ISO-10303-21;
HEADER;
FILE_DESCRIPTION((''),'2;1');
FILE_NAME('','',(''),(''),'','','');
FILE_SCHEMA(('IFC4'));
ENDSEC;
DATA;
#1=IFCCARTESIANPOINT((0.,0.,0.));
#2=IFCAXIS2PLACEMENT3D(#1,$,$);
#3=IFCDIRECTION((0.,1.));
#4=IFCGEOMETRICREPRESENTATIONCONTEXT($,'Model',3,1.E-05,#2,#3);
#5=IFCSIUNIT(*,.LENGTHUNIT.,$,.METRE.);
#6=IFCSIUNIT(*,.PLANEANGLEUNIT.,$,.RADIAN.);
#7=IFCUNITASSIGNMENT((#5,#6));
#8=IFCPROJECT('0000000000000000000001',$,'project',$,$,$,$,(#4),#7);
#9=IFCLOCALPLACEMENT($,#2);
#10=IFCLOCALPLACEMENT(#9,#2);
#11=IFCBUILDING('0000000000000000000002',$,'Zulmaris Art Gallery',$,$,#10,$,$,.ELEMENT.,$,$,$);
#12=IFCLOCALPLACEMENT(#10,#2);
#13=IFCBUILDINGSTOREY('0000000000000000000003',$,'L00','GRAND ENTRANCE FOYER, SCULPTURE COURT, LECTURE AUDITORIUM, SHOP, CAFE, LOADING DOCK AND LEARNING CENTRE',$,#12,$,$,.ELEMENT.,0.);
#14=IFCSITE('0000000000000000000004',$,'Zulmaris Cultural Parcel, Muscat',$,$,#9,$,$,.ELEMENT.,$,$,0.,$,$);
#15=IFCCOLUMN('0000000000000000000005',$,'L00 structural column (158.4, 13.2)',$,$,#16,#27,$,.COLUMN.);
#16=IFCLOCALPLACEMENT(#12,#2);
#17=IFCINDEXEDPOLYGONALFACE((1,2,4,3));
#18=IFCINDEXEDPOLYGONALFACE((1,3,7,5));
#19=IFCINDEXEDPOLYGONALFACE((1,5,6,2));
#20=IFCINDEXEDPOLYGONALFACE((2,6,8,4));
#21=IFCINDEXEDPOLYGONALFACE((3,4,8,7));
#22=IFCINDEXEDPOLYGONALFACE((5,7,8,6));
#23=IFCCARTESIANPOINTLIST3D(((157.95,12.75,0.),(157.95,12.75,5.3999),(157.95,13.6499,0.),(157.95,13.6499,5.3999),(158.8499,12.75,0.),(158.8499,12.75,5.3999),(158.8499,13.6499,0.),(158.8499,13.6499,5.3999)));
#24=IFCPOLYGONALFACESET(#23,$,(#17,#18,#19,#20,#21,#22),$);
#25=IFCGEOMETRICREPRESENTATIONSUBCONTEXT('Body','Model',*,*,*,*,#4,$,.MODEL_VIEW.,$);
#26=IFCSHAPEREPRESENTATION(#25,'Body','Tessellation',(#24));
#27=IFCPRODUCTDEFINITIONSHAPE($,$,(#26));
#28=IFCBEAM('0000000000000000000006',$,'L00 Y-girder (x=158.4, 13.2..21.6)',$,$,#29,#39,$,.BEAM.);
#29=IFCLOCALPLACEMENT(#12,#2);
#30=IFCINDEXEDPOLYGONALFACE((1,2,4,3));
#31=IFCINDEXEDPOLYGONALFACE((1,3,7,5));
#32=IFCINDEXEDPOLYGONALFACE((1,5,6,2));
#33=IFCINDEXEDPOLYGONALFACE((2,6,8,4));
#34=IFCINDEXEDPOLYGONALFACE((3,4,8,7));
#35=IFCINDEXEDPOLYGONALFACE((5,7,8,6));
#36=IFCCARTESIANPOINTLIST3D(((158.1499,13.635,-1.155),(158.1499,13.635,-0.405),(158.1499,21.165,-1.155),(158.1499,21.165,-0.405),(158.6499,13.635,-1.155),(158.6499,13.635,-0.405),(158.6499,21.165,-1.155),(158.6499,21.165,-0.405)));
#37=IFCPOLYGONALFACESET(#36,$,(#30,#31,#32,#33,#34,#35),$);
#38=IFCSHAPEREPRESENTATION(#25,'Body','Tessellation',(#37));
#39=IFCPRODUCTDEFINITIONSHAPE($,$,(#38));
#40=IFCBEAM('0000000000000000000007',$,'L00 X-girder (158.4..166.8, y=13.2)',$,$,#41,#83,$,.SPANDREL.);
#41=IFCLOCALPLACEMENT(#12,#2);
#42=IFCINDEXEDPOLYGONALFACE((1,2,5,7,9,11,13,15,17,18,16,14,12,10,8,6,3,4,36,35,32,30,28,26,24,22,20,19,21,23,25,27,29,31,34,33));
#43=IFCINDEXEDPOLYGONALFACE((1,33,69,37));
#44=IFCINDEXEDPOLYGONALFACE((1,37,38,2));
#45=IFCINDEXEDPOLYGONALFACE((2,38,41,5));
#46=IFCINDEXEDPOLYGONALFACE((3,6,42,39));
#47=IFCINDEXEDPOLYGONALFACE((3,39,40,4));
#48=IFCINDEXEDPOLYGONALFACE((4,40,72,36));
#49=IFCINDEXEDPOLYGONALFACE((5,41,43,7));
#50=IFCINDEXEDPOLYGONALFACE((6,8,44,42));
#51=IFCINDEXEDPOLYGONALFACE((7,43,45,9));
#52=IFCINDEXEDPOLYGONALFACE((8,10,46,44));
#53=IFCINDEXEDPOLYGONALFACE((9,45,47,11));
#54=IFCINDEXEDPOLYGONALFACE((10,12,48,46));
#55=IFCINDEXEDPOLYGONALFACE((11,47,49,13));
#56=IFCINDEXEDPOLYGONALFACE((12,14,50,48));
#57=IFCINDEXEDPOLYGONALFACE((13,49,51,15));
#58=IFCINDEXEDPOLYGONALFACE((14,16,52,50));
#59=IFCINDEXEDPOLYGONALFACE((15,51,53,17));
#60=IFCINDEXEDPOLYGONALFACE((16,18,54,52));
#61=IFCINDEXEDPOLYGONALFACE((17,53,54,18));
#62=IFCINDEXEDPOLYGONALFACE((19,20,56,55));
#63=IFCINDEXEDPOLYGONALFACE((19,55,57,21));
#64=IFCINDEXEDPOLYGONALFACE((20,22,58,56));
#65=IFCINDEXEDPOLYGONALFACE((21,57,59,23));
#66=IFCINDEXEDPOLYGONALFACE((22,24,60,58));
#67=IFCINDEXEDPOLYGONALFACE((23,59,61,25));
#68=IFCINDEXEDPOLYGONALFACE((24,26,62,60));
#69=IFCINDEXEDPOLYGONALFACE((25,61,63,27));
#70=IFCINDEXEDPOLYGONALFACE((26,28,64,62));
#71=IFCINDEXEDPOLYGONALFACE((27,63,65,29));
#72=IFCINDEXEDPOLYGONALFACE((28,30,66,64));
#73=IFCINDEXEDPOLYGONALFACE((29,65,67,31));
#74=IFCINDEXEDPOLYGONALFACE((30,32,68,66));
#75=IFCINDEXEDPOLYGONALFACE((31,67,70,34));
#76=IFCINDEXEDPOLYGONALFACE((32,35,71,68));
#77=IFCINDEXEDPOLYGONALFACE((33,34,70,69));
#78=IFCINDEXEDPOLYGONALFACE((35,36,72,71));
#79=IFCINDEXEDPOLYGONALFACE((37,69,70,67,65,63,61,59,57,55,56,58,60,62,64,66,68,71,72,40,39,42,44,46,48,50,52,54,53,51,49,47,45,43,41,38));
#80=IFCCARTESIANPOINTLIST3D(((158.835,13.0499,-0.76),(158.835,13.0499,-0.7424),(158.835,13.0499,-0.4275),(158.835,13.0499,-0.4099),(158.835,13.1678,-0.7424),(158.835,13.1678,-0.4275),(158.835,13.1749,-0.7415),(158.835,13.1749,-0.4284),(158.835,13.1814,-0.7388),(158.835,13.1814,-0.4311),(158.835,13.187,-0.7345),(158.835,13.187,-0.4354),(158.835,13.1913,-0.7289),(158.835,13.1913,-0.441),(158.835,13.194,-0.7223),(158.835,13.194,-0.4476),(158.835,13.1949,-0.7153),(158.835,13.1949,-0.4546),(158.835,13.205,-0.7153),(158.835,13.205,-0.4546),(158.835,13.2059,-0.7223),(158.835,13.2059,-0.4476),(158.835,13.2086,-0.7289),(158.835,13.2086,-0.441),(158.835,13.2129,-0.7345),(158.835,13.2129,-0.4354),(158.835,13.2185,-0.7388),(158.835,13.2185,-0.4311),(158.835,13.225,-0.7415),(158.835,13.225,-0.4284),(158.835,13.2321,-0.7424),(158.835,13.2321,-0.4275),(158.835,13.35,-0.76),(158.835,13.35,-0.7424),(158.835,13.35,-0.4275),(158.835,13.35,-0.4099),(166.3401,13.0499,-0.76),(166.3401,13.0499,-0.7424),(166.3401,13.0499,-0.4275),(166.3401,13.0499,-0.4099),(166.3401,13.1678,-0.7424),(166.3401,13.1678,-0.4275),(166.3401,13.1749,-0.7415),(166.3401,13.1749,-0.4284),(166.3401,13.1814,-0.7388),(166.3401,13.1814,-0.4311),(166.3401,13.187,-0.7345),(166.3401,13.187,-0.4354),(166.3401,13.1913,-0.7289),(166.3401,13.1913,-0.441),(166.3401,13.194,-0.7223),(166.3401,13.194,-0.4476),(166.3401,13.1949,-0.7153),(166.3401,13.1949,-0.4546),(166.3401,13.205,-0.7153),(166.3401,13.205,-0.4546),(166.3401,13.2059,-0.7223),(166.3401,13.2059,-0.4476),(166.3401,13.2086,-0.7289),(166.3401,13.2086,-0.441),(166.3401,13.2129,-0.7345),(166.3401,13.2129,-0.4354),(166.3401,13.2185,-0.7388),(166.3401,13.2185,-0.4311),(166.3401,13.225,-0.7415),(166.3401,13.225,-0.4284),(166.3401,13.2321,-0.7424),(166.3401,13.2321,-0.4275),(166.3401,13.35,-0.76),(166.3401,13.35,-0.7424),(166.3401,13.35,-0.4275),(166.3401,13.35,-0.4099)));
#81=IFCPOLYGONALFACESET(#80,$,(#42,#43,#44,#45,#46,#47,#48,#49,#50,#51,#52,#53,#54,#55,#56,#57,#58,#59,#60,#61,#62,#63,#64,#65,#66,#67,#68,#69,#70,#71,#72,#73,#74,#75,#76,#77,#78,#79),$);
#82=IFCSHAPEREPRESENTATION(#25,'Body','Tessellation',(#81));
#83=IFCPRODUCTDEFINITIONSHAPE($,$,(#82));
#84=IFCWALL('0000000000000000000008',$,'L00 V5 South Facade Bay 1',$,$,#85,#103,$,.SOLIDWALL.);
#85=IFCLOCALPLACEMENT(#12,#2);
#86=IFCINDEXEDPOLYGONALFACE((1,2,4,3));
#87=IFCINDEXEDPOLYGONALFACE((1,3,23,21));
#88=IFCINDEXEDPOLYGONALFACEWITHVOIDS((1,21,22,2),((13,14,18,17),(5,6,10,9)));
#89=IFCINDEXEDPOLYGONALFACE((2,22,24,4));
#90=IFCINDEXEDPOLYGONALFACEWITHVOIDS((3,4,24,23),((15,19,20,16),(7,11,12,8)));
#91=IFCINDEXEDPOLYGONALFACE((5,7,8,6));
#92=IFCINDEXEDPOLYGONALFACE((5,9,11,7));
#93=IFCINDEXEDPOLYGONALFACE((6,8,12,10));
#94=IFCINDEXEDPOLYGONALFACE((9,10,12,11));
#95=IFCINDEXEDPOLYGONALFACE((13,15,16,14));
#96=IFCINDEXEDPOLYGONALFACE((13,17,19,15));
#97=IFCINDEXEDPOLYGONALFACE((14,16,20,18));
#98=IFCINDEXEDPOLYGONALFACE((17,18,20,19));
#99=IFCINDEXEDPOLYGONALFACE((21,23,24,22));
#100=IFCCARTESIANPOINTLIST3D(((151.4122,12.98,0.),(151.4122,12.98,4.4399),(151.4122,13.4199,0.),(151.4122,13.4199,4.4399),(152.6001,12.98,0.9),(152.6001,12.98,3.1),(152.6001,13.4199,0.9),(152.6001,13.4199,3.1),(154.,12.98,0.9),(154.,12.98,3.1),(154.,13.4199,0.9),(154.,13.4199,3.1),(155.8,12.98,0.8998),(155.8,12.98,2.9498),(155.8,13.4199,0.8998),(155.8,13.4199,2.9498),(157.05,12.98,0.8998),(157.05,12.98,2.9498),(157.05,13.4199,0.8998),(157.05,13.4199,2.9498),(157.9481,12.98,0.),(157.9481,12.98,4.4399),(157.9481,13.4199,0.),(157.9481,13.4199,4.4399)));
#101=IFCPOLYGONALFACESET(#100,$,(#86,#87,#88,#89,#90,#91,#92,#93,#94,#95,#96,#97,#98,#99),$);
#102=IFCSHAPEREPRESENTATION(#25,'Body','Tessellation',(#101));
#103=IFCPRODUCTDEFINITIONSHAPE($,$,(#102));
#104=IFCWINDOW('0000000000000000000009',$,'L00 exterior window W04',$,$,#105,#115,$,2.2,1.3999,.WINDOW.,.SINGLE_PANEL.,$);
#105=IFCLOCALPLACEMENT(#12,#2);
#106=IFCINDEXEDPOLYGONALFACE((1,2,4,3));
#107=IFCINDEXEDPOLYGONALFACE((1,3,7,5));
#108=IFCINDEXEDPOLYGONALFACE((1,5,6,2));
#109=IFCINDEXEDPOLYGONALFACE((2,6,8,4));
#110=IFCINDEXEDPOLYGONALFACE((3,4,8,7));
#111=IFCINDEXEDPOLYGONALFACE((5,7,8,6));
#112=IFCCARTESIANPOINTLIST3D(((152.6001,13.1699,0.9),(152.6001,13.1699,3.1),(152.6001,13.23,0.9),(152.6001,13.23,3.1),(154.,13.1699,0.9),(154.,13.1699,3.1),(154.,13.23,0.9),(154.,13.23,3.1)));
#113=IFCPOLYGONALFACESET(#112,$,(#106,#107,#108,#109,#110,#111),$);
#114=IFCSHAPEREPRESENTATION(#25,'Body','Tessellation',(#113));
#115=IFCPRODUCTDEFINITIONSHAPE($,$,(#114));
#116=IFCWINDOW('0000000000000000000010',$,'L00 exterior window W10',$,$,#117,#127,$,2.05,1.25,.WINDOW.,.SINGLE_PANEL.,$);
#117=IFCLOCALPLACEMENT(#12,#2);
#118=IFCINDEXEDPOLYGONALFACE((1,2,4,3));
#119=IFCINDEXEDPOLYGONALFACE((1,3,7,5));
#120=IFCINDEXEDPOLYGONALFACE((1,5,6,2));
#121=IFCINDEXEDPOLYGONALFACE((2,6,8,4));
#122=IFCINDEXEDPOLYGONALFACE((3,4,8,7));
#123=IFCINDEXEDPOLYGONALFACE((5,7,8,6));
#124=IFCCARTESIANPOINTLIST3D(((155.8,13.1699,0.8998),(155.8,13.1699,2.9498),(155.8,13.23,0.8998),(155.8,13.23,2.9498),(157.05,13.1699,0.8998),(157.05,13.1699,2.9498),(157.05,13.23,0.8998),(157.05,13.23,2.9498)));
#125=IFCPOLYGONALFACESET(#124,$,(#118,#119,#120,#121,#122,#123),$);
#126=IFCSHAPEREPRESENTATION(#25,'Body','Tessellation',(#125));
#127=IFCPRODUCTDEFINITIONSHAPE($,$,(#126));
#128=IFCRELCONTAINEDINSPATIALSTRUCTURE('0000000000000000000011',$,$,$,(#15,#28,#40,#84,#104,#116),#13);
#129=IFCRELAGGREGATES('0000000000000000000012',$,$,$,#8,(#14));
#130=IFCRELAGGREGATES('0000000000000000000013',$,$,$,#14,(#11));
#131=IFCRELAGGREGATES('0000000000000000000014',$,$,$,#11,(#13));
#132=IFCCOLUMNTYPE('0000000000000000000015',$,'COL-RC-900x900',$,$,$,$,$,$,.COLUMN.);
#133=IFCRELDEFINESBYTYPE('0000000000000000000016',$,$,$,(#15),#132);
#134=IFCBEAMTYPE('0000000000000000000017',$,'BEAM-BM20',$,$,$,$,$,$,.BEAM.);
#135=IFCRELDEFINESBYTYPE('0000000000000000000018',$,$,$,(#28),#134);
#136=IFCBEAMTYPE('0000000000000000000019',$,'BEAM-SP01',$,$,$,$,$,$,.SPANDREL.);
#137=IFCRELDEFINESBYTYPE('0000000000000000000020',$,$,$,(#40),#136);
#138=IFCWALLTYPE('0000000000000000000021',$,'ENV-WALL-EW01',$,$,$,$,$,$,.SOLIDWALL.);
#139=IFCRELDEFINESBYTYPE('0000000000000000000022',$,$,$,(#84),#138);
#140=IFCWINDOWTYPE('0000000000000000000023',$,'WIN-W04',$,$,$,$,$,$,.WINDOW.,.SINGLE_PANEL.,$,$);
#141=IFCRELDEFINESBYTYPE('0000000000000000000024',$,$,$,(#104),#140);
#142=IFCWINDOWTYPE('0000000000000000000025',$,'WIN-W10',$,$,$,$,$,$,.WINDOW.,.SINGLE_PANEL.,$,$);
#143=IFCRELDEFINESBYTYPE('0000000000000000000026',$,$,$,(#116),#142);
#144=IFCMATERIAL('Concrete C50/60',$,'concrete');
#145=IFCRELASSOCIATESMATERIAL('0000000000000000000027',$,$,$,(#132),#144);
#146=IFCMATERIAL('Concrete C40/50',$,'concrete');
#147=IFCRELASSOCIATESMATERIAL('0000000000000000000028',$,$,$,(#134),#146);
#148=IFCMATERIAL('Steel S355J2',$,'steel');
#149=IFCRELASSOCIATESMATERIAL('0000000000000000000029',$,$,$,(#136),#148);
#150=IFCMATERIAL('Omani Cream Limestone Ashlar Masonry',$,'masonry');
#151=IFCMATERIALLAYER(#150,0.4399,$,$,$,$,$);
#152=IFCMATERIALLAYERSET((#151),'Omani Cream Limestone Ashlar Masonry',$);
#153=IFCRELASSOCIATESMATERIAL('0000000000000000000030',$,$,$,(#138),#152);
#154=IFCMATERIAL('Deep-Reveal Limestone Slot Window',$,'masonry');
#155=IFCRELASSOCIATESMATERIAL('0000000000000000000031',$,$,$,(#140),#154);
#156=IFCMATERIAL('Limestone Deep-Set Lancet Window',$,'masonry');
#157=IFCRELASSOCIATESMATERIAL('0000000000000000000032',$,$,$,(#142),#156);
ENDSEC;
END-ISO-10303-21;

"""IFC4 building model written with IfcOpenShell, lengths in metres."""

from ifc_helpers import new_model, si_unit, direction, frame, frame_2d, origin, origin_2d, place, context, subcontext, project, spatial, rectangle, i_section, extrude, material, layer, layer_set, material_profile, profile_set, type_object, element, fill, save


model = new_model("IFC4")

# Units and contexts
model_context = context("Model", 3, precision=1e-05, world=origin(), true_north=direction((0.0, 1.0)))
body_context = subcontext(model_context, "Body", "Model", "MODEL_VIEW")
ifc_project = project(units=[si_unit("LENGTHUNIT", "METRE"), si_unit("PLANEANGLEUNIT", "RADIAN")], contexts=[model_context])

# Site, building, storey
site_placement = place(None, origin())
site = spatial("IfcSite", under=ifc_project, at=site_placement, Name="Zulmaris Cultural Parcel, Muscat", CompositionType="ELEMENT", RefElevation=0.0)
building_placement = place(site_placement, origin())
building = spatial("IfcBuilding", under=site, at=building_placement, Name="Zulmaris Art Gallery", CompositionType="ELEMENT")
storey_placement = place(building_placement, origin())
storey = spatial("IfcBuildingStorey", under=building, at=storey_placement, Name="L00", Description="GRAND ENTRANCE FOYER, SCULPTURE COURT, LECTURE AUDITORIUM, SHOP, CAFE, LOADING DOCK AND LEARNING CENTRE", CompositionType="ELEMENT", Elevation=0.0)

# Column
ifc_material_1 = material(Name="Concrete C50/60", Category="concrete")
ifc_material_profile_1 = material_profile(ifc_material_1, rectangle(XDim=0.8999, YDim=0.8999, at=origin_2d()), Name="RC 900x900")
ifc_profile_set_1 = profile_set([ifc_material_profile_1], Name="Concrete C50/60")
column_type = type_object("IfcColumnType", Name="COL-RC-900x900", PredefinedType="COLUMN", material=ifc_profile_set_1)
column_placement = place(storey_placement, frame((158.3999, 13.2, 0.0), z_axis=(0.0, 0.0, 1.0), x_axis=(1.0, 0.0, 0.0)))
element("IfcColumn", 1, at=column_placement, inside=storey, type_object=column_type, Name="L00 structural column (158.4, 13.2)", PredefinedType="COLUMN", context=body_context, shape_type="SweptSolid", body=[
    extrude(rectangle(XDim=0.8999, YDim=0.8999, at=origin_2d()), origin(), (0.0, 0.0, 1.0), 5.3999),
])

# Beams
ifc_material_2 = material(Name="Concrete C40/50", Category="concrete")
ifc_material_profile_2 = material_profile(ifc_material_2, rectangle(XDim=0.5, YDim=0.75, at=origin_2d()), Name="RC 500x750")
ifc_profile_set_2 = profile_set([ifc_material_profile_2], Name="Concrete C40/50")
beam_type_1 = type_object("IfcBeamType", Name="BEAM-BM20", PredefinedType="BEAM", material=ifc_profile_set_2)
beam_1_placement = place(storey_placement, frame((158.3999, 13.635, -0.78), z_axis=(0.0, 1.0, 0.0), x_axis=(-1.0, 0.0, 0.0)))
element("IfcBeam", 2, at=beam_1_placement, inside=storey, type_object=beam_type_1, Name="L00 Y-girder (x=158.4, 13.2..21.6)", PredefinedType="BEAM", context=body_context, shape_type="SweptSolid", body=[
    extrude(rectangle(XDim=0.5, YDim=0.75, at=origin_2d()), origin(), (0.0, 0.0, 1.0), 7.53),
])
ifc_material_3 = material(Name="Steel S355J2", Category="steel")
ifc_material_profile_3 = material_profile(ifc_material_3, i_section(OverallWidth=0.3, OverallDepth=0.3501, WebThickness=0.01, FlangeThickness=0.0176, FilletRadius=0.0271, at=origin_2d()), Name="HEA 360")
ifc_profile_set_3 = profile_set([ifc_material_profile_3], Name="Steel S355J2")
beam_type_2 = type_object("IfcBeamType", Name="BEAM-SP01", PredefinedType="SPANDREL", material=ifc_profile_set_3)
beam_2_placement = place(storey_placement, frame((158.835, 13.2, -0.585), z_axis=(1.0, 0.0, 0.0), x_axis=(0.0, 1.0, 0.0)))
element("IfcBeam", 3, at=beam_2_placement, inside=storey, type_object=beam_type_2, Name="L00 X-girder (158.4..166.8, y=13.2)", PredefinedType="SPANDREL", context=body_context, shape_type="SweptSolid", body=[
    extrude(i_section(OverallWidth=0.3, OverallDepth=0.3501, WebThickness=0.01, FlangeThickness=0.0176, FilletRadius=0.0271, at=origin_2d()), origin(), (0.0, 0.0, 1.0), 7.5051),
])

# Wall, openings, windows
ifc_material_4 = material(Name="Omani Cream Limestone Ashlar Masonry", Category="masonry")
ifc_layer_1 = layer(ifc_material_4, 0.4399)
ifc_layer_set_1 = layer_set([ifc_layer_1], Name="Omani Cream Limestone Ashlar Masonry")
wall_type_1 = type_object("IfcWallType", Name="ENV-WALL-EW01", PredefinedType="SOLIDWALL", material=ifc_layer_set_1)
wall_1_placement = place(storey_placement, frame((151.4121, 13.2, 0.0), z_axis=(0.0, 0.0, 1.0), x_axis=(1.0, 0.0, 0.0)))
wall_1 = element("IfcWall", 4, at=wall_1_placement, inside=storey, type_object=wall_type_1, Name="L00 V5 South Facade Bay 1", PredefinedType="SOLIDWALL", context=body_context, shape_type="SweptSolid", body=[
    extrude(rectangle(XDim=6.5359, YDim=0.4399, at=frame_2d((3.2681, 0.0))), origin(), (0.0, 0.0, 1.0), 4.4399),
])
opening_1_placement = place(wall_1_placement, frame((1.188, 0.0, 0.8999)))
opening_1 = element("IfcOpeningElement", 5, at=opening_1_placement, cuts=wall_1, PredefinedType="OPENING", context=body_context, shape_type="SweptSolid", body=[
    extrude(rectangle(XDim=1.3999, YDim=2.2, at=frame_2d((0.7, 1.1001))), frame((0.0, 0.23, 0.0), z_axis=(0.0, -1.0, 0.0), x_axis=(1.0, 0.0, 0.0)), (0.0, 0.0, 1.0), 0.46),
])
opening_2_placement = place(wall_1_placement, frame((4.3879, 0.0, 0.8999)))
opening_2 = element("IfcOpeningElement", 6, at=opening_2_placement, cuts=wall_1, PredefinedType="OPENING", context=body_context, shape_type="SweptSolid", body=[
    extrude(rectangle(XDim=1.25, YDim=2.05, at=frame_2d((0.625, 1.0249))), frame((0.0, 0.23, 0.0), z_axis=(0.0, -1.0, 0.0), x_axis=(1.0, 0.0, 0.0)), (0.0, 0.0, 1.0), 0.46),
])
ifc_material_5 = material(Name="Deep-Reveal Limestone Slot Window", Category="masonry")
window_type_1 = type_object("IfcWindowType", Name="WIN-W04", PartitioningType="SINGLE_PANEL", PredefinedType="WINDOW", material=ifc_material_5)
window_1_placement = place(opening_1_placement, origin())
window_1 = element("IfcWindow", 7, at=window_1_placement, inside=storey, type_object=window_type_1, Name="L00 exterior window W04", OverallHeight=2.2, OverallWidth=1.3999, PartitioningType="SINGLE_PANEL", PredefinedType="WINDOW", context=body_context, shape_type="SweptSolid", body=[
    extrude(rectangle(XDim=1.3999, YDim=2.2, at=frame_2d((0.7, 1.1001))), frame((0.0, 0.03, 0.0), z_axis=(0.0, -1.0, 0.0), x_axis=(1.0, 0.0, 0.0)), (0.0, 0.0, 1.0), 0.0601),
])
fill(opening_1, window_1)
ifc_material_6 = material(Name="Limestone Deep-Set Lancet Window", Category="masonry")
window_type_2 = type_object("IfcWindowType", Name="WIN-W10", PartitioningType="SINGLE_PANEL", PredefinedType="WINDOW", material=ifc_material_6)
window_2_placement = place(opening_2_placement, origin())
window_2 = element("IfcWindow", 8, at=window_2_placement, inside=storey, type_object=window_type_2, Name="L00 exterior window W10", OverallHeight=2.05, OverallWidth=1.25, PartitioningType="SINGLE_PANEL", PredefinedType="WINDOW", context=body_context, shape_type="SweptSolid", body=[
    extrude(rectangle(XDim=1.25, YDim=2.05, at=frame_2d((0.625, 1.0249))), frame((0.0, 0.03, 0.0), z_axis=(0.0, -1.0, 0.0), x_axis=(1.0, 0.0, 0.0)), (0.0, 0.0, 1.0), 0.0601),
])
fill(opening_2, window_2)

save(model, "model.ifc")
